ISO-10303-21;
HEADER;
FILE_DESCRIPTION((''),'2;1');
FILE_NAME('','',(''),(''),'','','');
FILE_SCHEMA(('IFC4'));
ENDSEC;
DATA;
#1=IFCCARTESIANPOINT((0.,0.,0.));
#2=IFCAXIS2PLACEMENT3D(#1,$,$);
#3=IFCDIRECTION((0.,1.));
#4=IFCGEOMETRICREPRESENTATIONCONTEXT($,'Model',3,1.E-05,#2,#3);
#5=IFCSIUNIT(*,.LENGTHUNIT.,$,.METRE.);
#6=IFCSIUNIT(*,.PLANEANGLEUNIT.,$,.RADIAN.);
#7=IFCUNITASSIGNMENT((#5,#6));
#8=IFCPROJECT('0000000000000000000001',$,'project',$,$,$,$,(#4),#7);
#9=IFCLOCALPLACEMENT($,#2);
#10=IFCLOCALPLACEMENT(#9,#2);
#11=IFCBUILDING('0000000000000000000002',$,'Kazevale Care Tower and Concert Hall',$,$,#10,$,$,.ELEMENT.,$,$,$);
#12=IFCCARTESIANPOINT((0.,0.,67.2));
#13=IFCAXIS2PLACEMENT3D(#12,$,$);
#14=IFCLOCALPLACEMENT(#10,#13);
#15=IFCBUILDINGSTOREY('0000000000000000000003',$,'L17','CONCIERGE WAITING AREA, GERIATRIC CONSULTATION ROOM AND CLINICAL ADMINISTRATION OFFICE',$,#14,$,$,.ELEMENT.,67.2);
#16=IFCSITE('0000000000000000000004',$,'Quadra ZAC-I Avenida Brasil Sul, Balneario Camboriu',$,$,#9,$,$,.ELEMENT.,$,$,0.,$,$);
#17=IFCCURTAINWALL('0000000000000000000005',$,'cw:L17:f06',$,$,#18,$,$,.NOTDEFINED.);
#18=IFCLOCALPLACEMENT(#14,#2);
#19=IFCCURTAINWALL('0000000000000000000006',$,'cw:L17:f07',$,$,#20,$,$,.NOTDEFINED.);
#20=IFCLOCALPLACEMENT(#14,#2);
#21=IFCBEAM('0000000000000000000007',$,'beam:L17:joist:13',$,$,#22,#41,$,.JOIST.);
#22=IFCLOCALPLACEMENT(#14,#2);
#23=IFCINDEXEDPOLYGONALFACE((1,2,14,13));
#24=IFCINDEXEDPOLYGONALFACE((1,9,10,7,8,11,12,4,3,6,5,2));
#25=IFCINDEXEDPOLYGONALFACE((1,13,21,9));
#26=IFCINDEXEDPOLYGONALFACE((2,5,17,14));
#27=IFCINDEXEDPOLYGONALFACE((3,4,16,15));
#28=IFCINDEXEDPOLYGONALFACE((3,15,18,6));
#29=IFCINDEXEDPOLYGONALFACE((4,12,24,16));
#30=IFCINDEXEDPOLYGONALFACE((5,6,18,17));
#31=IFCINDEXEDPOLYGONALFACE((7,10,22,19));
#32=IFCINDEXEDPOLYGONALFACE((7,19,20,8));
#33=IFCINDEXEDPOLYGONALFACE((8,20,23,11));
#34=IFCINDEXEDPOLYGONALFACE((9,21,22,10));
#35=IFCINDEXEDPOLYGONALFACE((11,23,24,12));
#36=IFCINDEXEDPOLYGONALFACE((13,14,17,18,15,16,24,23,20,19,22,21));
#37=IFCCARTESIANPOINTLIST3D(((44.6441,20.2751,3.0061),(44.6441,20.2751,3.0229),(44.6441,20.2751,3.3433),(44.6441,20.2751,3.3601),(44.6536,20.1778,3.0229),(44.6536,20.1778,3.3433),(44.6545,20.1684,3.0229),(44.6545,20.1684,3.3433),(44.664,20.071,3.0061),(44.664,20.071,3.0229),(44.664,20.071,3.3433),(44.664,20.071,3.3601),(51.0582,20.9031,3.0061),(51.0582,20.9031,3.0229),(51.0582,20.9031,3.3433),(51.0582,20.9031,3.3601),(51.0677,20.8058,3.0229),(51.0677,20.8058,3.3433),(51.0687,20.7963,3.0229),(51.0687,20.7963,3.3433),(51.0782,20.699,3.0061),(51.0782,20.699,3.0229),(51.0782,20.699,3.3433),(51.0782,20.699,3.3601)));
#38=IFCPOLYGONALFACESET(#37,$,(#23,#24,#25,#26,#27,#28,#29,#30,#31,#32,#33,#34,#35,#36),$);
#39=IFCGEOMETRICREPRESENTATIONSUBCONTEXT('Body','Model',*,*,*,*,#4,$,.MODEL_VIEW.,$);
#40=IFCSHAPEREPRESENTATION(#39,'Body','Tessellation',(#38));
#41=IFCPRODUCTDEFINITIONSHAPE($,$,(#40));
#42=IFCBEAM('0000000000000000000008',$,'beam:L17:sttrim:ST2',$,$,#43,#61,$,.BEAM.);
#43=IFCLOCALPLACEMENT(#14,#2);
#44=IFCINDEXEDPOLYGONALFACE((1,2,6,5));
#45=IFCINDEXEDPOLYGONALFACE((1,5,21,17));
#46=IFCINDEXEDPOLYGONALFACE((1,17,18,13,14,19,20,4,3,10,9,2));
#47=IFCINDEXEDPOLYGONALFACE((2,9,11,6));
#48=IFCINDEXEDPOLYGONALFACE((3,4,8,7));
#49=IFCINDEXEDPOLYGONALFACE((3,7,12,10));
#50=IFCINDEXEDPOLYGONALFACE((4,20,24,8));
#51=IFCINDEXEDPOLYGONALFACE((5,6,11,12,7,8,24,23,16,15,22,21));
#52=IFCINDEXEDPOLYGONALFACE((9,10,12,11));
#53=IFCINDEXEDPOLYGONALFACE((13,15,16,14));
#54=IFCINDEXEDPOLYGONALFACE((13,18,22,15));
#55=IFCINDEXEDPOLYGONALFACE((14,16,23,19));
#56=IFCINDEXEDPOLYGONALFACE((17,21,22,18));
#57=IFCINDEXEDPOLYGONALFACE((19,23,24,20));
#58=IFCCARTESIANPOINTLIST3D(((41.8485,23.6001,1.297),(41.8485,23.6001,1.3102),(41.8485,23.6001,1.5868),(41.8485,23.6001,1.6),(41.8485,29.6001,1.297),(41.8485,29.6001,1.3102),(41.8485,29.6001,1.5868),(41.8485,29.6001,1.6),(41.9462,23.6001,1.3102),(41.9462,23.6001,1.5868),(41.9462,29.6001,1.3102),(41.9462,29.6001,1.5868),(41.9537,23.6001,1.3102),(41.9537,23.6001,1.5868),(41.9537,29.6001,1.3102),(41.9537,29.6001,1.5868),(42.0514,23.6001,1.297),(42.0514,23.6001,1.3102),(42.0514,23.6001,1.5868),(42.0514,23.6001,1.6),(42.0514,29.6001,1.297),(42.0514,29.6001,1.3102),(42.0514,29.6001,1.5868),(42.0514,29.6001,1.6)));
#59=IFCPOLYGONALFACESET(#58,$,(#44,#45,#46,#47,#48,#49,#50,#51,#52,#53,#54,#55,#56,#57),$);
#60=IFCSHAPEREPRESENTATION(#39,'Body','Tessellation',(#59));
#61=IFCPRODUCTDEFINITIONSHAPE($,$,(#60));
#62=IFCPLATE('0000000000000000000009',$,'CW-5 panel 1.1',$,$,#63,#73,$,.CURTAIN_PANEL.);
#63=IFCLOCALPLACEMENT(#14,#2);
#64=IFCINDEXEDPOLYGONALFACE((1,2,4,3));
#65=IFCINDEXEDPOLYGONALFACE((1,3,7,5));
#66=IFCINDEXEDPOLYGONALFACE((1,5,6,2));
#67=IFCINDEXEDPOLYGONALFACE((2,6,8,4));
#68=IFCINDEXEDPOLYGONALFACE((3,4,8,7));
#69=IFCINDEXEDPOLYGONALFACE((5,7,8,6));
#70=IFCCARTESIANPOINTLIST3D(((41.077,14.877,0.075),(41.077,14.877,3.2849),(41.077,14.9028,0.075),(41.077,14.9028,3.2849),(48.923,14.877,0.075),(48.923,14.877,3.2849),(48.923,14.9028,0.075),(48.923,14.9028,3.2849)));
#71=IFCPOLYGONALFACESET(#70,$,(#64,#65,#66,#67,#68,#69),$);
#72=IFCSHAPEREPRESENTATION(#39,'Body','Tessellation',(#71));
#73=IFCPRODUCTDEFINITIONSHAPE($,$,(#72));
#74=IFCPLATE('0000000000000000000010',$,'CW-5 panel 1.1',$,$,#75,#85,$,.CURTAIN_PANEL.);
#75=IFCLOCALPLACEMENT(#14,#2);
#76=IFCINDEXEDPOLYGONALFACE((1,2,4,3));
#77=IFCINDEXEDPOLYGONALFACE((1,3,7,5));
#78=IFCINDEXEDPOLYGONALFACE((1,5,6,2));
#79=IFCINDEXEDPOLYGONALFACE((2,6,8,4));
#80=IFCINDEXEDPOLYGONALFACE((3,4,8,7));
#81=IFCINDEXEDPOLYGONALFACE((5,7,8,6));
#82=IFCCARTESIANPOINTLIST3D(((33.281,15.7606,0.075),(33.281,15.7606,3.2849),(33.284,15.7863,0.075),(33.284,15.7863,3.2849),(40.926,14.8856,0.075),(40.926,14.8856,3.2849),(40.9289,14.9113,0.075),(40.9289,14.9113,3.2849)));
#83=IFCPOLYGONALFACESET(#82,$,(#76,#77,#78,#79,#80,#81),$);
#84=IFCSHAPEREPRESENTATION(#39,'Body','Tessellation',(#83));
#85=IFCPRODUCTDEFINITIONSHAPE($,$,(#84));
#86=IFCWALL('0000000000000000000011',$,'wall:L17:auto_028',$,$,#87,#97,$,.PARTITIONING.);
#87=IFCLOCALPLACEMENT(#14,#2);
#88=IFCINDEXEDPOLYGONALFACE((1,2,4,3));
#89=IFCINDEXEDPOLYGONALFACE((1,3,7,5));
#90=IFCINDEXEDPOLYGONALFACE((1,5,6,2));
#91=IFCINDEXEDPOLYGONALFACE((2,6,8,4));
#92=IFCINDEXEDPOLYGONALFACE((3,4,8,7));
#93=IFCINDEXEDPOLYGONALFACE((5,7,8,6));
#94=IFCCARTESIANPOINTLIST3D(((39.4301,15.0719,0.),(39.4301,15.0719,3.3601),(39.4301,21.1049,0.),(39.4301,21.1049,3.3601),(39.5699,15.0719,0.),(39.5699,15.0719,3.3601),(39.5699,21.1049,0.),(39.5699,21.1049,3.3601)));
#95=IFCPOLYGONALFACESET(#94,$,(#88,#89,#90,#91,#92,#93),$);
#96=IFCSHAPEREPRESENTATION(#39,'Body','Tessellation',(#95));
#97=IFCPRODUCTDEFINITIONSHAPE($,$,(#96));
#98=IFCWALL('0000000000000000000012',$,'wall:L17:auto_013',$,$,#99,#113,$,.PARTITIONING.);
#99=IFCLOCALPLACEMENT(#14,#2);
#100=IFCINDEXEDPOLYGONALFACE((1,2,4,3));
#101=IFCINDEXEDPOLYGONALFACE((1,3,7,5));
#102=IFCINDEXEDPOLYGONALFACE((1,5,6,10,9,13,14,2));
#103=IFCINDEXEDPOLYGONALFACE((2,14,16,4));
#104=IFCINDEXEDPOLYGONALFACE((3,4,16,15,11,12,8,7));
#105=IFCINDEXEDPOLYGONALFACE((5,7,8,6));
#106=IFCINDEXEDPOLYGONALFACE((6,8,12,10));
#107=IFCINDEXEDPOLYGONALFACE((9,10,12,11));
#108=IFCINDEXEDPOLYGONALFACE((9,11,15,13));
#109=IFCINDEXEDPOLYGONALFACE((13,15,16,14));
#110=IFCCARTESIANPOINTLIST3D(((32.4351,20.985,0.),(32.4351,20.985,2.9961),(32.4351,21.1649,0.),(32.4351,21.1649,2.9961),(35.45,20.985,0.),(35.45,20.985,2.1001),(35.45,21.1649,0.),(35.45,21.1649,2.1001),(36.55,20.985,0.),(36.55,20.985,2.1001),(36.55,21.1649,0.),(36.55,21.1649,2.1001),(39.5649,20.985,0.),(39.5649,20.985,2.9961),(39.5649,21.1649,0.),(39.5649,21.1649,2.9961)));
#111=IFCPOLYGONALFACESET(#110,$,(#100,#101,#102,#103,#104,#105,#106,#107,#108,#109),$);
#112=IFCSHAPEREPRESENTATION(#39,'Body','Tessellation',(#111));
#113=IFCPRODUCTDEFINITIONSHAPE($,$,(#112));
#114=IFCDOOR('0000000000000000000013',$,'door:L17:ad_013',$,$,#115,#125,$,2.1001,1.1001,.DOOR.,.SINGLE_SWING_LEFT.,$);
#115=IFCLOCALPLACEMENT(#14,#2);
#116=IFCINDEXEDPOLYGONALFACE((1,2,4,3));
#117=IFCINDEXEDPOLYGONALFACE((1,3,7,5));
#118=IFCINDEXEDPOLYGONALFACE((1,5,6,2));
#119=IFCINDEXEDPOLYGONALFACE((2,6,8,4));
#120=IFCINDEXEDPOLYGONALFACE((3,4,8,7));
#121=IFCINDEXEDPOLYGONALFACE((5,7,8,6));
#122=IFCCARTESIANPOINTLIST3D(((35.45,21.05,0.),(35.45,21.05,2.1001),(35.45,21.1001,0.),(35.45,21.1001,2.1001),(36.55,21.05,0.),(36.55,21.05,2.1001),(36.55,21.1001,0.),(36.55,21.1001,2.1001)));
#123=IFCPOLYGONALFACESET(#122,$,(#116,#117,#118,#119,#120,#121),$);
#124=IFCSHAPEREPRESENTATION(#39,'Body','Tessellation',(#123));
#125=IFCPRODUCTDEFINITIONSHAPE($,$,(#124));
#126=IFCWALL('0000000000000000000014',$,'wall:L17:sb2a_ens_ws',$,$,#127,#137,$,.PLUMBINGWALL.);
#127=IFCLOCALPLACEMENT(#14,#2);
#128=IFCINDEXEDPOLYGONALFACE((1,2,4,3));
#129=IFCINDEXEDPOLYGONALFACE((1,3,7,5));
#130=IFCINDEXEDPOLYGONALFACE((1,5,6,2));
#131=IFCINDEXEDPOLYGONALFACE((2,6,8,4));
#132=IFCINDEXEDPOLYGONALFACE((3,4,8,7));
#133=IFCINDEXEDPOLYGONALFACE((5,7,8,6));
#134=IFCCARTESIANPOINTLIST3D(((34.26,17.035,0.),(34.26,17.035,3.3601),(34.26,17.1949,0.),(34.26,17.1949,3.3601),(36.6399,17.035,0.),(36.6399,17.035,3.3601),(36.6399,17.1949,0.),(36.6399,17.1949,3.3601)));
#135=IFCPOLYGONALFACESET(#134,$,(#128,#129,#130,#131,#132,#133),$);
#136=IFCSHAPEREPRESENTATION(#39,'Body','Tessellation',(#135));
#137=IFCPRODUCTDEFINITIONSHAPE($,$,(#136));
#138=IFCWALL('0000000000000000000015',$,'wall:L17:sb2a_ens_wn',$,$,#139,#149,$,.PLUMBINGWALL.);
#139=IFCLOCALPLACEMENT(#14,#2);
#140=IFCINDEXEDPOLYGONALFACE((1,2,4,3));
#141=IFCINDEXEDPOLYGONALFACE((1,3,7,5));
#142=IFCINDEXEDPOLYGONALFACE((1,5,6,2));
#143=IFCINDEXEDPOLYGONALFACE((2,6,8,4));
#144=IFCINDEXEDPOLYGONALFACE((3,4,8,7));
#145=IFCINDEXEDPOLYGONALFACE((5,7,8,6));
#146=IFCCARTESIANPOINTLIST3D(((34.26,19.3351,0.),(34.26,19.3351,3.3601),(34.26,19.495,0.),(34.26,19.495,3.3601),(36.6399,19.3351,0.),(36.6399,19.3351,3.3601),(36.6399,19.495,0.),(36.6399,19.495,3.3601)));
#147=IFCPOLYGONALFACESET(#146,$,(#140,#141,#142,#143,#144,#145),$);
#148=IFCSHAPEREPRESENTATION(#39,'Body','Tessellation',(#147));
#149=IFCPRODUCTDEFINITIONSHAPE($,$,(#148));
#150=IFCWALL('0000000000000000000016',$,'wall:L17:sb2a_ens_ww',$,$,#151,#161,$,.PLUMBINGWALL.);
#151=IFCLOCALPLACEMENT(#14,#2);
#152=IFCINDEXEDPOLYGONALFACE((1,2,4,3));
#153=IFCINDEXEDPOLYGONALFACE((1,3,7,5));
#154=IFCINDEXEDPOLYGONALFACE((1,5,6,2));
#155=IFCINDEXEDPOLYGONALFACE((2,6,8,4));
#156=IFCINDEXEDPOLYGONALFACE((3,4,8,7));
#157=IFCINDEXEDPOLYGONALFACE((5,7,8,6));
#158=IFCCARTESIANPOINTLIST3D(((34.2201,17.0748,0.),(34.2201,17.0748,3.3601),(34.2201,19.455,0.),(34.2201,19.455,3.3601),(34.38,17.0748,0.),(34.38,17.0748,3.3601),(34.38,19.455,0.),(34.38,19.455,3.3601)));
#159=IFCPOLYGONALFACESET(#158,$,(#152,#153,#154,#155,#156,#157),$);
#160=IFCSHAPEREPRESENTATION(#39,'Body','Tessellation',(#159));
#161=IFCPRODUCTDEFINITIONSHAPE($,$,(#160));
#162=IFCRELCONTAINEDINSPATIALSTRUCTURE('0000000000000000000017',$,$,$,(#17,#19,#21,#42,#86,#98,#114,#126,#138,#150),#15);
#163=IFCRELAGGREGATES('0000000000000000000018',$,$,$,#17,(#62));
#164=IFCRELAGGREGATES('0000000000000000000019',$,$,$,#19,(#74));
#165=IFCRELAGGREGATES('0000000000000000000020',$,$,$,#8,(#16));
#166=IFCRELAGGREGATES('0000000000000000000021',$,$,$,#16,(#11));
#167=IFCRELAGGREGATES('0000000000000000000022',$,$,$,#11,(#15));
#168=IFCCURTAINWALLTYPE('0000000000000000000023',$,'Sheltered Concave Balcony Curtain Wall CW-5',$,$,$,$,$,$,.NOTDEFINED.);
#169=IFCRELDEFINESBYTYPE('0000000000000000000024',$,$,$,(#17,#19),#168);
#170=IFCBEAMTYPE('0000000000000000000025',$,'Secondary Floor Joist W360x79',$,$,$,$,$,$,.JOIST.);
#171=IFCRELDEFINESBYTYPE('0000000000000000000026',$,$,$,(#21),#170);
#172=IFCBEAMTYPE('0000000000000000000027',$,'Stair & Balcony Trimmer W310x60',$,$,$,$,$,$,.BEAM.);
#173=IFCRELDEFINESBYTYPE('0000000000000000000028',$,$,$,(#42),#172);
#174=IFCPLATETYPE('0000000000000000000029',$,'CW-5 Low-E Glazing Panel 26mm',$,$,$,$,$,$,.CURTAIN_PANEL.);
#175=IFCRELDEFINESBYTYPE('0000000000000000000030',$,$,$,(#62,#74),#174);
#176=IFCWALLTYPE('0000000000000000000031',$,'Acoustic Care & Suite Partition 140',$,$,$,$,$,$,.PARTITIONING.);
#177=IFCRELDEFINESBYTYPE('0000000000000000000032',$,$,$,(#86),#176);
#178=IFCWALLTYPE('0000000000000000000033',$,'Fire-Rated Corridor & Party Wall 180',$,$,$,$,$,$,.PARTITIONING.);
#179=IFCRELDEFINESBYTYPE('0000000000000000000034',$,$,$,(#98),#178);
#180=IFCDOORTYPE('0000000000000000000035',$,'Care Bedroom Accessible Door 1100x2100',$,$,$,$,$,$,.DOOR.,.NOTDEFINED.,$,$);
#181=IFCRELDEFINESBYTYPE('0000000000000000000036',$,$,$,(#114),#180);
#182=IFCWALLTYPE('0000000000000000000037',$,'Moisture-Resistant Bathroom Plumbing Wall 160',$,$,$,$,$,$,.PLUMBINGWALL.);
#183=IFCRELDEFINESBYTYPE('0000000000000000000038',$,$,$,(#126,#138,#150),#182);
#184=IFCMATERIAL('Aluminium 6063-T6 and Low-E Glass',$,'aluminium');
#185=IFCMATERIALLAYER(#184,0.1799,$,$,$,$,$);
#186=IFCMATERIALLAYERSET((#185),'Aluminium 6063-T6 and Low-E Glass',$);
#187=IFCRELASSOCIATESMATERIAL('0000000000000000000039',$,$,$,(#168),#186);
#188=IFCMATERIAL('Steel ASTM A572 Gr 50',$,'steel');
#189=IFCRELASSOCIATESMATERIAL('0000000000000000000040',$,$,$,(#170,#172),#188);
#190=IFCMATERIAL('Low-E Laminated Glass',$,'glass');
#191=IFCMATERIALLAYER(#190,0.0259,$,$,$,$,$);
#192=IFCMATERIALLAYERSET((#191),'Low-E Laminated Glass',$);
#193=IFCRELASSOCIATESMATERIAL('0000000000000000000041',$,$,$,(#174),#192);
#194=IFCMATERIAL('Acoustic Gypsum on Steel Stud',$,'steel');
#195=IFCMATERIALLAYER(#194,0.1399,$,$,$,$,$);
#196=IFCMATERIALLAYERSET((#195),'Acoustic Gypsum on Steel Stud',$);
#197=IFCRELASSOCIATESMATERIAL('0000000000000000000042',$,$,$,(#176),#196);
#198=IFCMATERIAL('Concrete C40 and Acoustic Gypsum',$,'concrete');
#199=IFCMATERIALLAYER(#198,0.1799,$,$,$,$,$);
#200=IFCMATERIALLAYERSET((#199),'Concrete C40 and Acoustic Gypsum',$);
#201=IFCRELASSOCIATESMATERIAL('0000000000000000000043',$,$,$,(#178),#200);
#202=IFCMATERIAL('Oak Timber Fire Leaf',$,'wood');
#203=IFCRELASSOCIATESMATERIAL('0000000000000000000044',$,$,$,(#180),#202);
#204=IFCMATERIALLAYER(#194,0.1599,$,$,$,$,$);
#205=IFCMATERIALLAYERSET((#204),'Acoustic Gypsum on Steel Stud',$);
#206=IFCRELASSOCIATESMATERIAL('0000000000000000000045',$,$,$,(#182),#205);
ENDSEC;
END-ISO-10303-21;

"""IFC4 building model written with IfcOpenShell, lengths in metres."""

from ifc_helpers import new_model, si_unit, direction, frame, frame_2d, origin, origin_2d, place, context, subcontext, project, spatial, rectangle, i_section, extrude, material, layer, layer_set, material_profile, profile_set, type_object, element, fill, aggregate, save


model = new_model("IFC4")

# Units and contexts
model_context = context("Model", 3, precision=1e-05, world=origin(), true_north=direction((0.0, 1.0)))
body_context = subcontext(model_context, "Body", "Model", "MODEL_VIEW")
ifc_project = project(units=[si_unit("LENGTHUNIT", "METRE"), si_unit("PLANEANGLEUNIT", "RADIAN")], contexts=[model_context])

# Site, building, storey
site_placement = place(None, origin())
site = spatial("IfcSite", under=ifc_project, at=site_placement, Name="Quadra ZAC-I Avenida Brasil Sul, Balneario Camboriu", CompositionType="ELEMENT", RefElevation=0.0)
building_placement = place(site_placement, origin())
building = spatial("IfcBuilding", under=site, at=building_placement, Name="Kazevale Care Tower and Concert Hall", CompositionType="ELEMENT")
storey_placement = place(building_placement, frame((0.0, 0.0, 67.2)))
storey = spatial("IfcBuildingStorey", under=building, at=storey_placement, Name="L17", Description="CONCIERGE WAITING AREA, GERIATRIC CONSULTATION ROOM AND CLINICAL ADMINISTRATION OFFICE", CompositionType="ELEMENT", Elevation=67.2)

# Curtain wall
ifc_material_1 = material(Name="Aluminium 6063-T6 and Low-E Glass", Category="aluminium")
ifc_layer_1 = layer(ifc_material_1, 0.1799)
ifc_layer_set_1 = layer_set([ifc_layer_1], Name="Aluminium 6063-T6 and Low-E Glass")
curtain_wall_type = type_object("IfcCurtainWallType", Name="Sheltered Concave Balcony Curtain Wall CW-5", PredefinedType="NOTDEFINED", material=ifc_layer_set_1)
curtain_wall_1_placement = place(storey_placement, origin())
curtain_wall_1 = element("IfcCurtainWall", 1, at=curtain_wall_1_placement, inside=storey, type_object=curtain_wall_type, Name="cw:L17:f06", PredefinedType="NOTDEFINED")

# Curtain wall
curtain_wall_2_placement = place(storey_placement, origin())
curtain_wall_2 = element("IfcCurtainWall", 2, at=curtain_wall_2_placement, inside=storey, type_object=curtain_wall_type, Name="cw:L17:f07", PredefinedType="NOTDEFINED")

# Beams
ifc_material_2 = material(Name="Steel ASTM A572 Gr 50", Category="steel")
ifc_material_profile_1 = material_profile(ifc_material_2, i_section(OverallWidth=0.2051, OverallDepth=0.354, WebThickness=0.0095, FlangeThickness=0.0168, at=origin_2d()), Name="W360x79")
ifc_profile_set_1 = profile_set([ifc_material_profile_1], Name="Steel ASTM A572 Gr 50")
beam_type_1 = type_object("IfcBeamType", Name="Secondary Floor Joist W360x79", PredefinedType="JOIST", material=ifc_profile_set_1)
beam_1_placement = place(storey_placement, frame((44.6541, 20.1731, 3.1831), z_axis=(0.995242, 0.097433, 0.0), x_axis=(-0.097433, 0.995242, 0.0)))
element("IfcBeam", 3, at=beam_1_placement, inside=storey, type_object=beam_type_1, Name="beam:L17:joist:13", PredefinedType="JOIST", context=body_context, shape_type="SweptSolid", body=[
    extrude(i_section(OverallWidth=0.2051, OverallDepth=0.354, WebThickness=0.0095, FlangeThickness=0.0168, at=origin_2d()), origin(), (0.0, 0.0, 1.0), 6.4448),
])
ifc_material_profile_2 = material_profile(ifc_material_2, i_section(OverallWidth=0.2029, OverallDepth=0.303, WebThickness=0.0076, FlangeThickness=0.0132, at=origin_2d()), Name="W310x60")
ifc_profile_set_2 = profile_set([ifc_material_profile_2], Name="Steel ASTM A572 Gr 50")
beam_type_2 = type_object("IfcBeamType", Name="Stair & Balcony Trimmer W310x60", PredefinedType="BEAM", material=ifc_profile_set_2)
beam_2_placement = place(storey_placement, frame((41.95, 23.6001, 1.4485), z_axis=(0.0, 1.0, 0.0), x_axis=(-1.0, 0.0, 0.0)))
element("IfcBeam", 4, at=beam_2_placement, inside=storey, type_object=beam_type_2, Name="beam:L17:sttrim:ST2", PredefinedType="BEAM", context=body_context, shape_type="SweptSolid", body=[
    extrude(i_section(OverallWidth=0.2029, OverallDepth=0.303, WebThickness=0.0076, FlangeThickness=0.0132, at=origin_2d()), origin(), (0.0, 0.0, 1.0), 6.0),
])

# Plates
ifc_material_3 = material(Name="Low-E Laminated Glass", Category="glass")
ifc_layer_2 = layer(ifc_material_3, 0.0259)
ifc_layer_set_2 = layer_set([ifc_layer_2], Name="Low-E Laminated Glass")
plate_type = type_object("IfcPlateType", Name="CW-5 Low-E Glazing Panel 26mm", PredefinedType="CURTAIN_PANEL", material=ifc_layer_set_2)
plate_1_placement = place(storey_placement, frame((45.0, 14.8899, 0.075), z_axis=(0.0, 0.0, 1.0), x_axis=(-1.0, 0.0, 0.0)))
plate_1 = element("IfcPlate", 5, at=plate_1_placement, type_object=plate_type, Name="CW-5 panel 1.1", PredefinedType="CURTAIN_PANEL", context=body_context, shape_type="SweptSolid", body=[
    extrude(rectangle(XDim=7.8459, YDim=0.0259, at=origin_2d()), origin(), (0.0, 0.0, 1.0), 3.21),
])
aggregate(curtain_wall_1, [plate_1])
plate_2_placement = place(storey_placement, frame((37.105, 15.3359, 0.075), z_axis=(0.0, 0.0, 1.0), x_axis=(-0.993515, 0.113705, 0.0)))
plate_2 = element("IfcPlate", 6, at=plate_2_placement, type_object=plate_type, Name="CW-5 panel 1.1", PredefinedType="CURTAIN_PANEL", context=body_context, shape_type="SweptSolid", body=[
    extrude(rectangle(XDim=7.6948, YDim=0.0259, at=origin_2d()), origin(), (0.0, 0.0, 1.0), 3.21),
])
aggregate(curtain_wall_2, [plate_2])

# Wall
ifc_material_4 = material(Name="Acoustic Gypsum on Steel Stud", Category="steel")
ifc_layer_3 = layer(ifc_material_4, 0.1399)
ifc_layer_set_3 = layer_set([ifc_layer_3], Name="Acoustic Gypsum on Steel Stud")
wall_type_1 = type_object("IfcWallType", Name="Acoustic Care & Suite Partition 140", PredefinedType="PARTITIONING", material=ifc_layer_set_3)
wall_1_placement = place(storey_placement, frame((39.5, 21.105, 0.0), z_axis=(0.0, 0.0, 1.0), x_axis=(0.0, -1.0, 0.0)))
element("IfcWall", 7, at=wall_1_placement, inside=storey, type_object=wall_type_1, Name="wall:L17:auto_028", PredefinedType="PARTITIONING", context=body_context, shape_type="SweptSolid", body=[
    extrude(rectangle(XDim=6.033, YDim=0.1399, at=frame_2d((3.0166, 0.0))), origin(), (0.0, 0.0, 1.0), 3.3601),
])

# Wall, opening, door
ifc_material_5 = material(Name="Concrete C40 and Acoustic Gypsum", Category="concrete")
ifc_layer_4 = layer(ifc_material_5, 0.1799)
ifc_layer_set_4 = layer_set([ifc_layer_4], Name="Concrete C40 and Acoustic Gypsum")
wall_type_2 = type_object("IfcWallType", Name="Fire-Rated Corridor & Party Wall 180", PredefinedType="PARTITIONING", material=ifc_layer_set_4)
wall_2_placement = place(storey_placement, frame((39.5649, 21.075, 0.0), z_axis=(0.0, 0.0, 1.0), x_axis=(-1.0, 0.0, 0.0)))
wall_2 = element("IfcWall", 8, at=wall_2_placement, inside=storey, type_object=wall_type_2, Name="wall:L17:auto_013", PredefinedType="PARTITIONING", context=body_context, shape_type="SweptSolid", body=[
    extrude(rectangle(XDim=7.1299, YDim=0.1799, at=frame_2d((3.5649, 0.0))), origin(), (0.0, 0.0, 1.0), 2.9961),
])
opening_1_placement = place(wall_2_placement, frame((3.0149, 0.0, 0.0)))
opening_1 = element("IfcOpeningElement", 9, at=opening_1_placement, cuts=wall_2, PredefinedType="OPENING", context=body_context, shape_type="SweptSolid", body=[
    extrude(rectangle(XDim=1.1001, YDim=2.1001, at=frame_2d((0.55, 1.05))), frame((0.0, 0.0999, 0.0), z_axis=(0.0, -1.0, 0.0), x_axis=(1.0, 0.0, 0.0)), (0.0, 0.0, 1.0), 0.2),
])
ifc_material_6 = material(Name="Oak Timber Fire Leaf", Category="wood")
door_type_1 = type_object("IfcDoorType", Name="Care Bedroom Accessible Door 1100x2100", OperationType="NOTDEFINED", PredefinedType="DOOR", material=ifc_material_6)
door_1_placement = place(opening_1_placement, origin())
door_1 = element("IfcDoor", 10, at=door_1_placement, inside=storey, type_object=door_type_1, Name="door:L17:ad_013", OperationType="SINGLE_SWING_LEFT", OverallHeight=2.1001, OverallWidth=1.1001, PredefinedType="DOOR", context=body_context, shape_type="SweptSolid", body=[
    extrude(rectangle(XDim=1.1001, YDim=2.1001, at=frame_2d((0.55, 1.05))), frame((0.0, 0.0249, 0.0), z_axis=(0.0, -1.0, 0.0), x_axis=(1.0, 0.0, 0.0)), (0.0, 0.0, 1.0), 0.05),
])
fill(opening_1, door_1)

# Walls
ifc_layer_5 = layer(ifc_material_4, 0.1599)
ifc_layer_set_5 = layer_set([ifc_layer_5], Name="Acoustic Gypsum on Steel Stud")
wall_type_3 = type_object("IfcWallType", Name="Moisture-Resistant Bathroom Plumbing Wall 160", PredefinedType="PLUMBINGWALL", material=ifc_layer_set_5)
for number, where, z_axis, x_axis, name in (
    (11, (34.26, 17.115, 0.0), (0.0, 0.0, 1.0), (1.0, 0.0, 0.0), "wall:L17:sb2a_ens_ws"),
    (12, (34.26, 19.415, 0.0), (0.0, 0.0, 1.0), (1.0, 0.0, 0.0), "wall:L17:sb2a_ens_wn"),
):
    element("IfcWall", number, at=place(storey_placement, frame(where, z_axis=z_axis, x_axis=x_axis)), inside=storey, type_object=wall_type_3, Name=name, PredefinedType="PLUMBINGWALL", context=body_context, shape_type="SweptSolid", body=[
        extrude(rectangle(XDim=2.3799, YDim=0.1599, at=frame_2d((1.1899, 0.0))), origin(), (0.0, 0.0, 1.0), 3.3601),
    ])
wall_3_placement = place(storey_placement, frame((34.3, 17.075, 0.0), z_axis=(0.0, 0.0, 1.0), x_axis=(0.0, 1.0, 0.0)))
element("IfcWall", 13, at=wall_3_placement, inside=storey, type_object=wall_type_3, Name="wall:L17:sb2a_ens_ww", PredefinedType="PLUMBINGWALL", context=body_context, shape_type="SweptSolid", body=[
    extrude(rectangle(XDim=2.3801, YDim=0.1599, at=frame_2d((1.1899, 0.0))), origin(), (0.0, 0.0, 1.0), 3.3601),
])

save(model, "model.ifc")
